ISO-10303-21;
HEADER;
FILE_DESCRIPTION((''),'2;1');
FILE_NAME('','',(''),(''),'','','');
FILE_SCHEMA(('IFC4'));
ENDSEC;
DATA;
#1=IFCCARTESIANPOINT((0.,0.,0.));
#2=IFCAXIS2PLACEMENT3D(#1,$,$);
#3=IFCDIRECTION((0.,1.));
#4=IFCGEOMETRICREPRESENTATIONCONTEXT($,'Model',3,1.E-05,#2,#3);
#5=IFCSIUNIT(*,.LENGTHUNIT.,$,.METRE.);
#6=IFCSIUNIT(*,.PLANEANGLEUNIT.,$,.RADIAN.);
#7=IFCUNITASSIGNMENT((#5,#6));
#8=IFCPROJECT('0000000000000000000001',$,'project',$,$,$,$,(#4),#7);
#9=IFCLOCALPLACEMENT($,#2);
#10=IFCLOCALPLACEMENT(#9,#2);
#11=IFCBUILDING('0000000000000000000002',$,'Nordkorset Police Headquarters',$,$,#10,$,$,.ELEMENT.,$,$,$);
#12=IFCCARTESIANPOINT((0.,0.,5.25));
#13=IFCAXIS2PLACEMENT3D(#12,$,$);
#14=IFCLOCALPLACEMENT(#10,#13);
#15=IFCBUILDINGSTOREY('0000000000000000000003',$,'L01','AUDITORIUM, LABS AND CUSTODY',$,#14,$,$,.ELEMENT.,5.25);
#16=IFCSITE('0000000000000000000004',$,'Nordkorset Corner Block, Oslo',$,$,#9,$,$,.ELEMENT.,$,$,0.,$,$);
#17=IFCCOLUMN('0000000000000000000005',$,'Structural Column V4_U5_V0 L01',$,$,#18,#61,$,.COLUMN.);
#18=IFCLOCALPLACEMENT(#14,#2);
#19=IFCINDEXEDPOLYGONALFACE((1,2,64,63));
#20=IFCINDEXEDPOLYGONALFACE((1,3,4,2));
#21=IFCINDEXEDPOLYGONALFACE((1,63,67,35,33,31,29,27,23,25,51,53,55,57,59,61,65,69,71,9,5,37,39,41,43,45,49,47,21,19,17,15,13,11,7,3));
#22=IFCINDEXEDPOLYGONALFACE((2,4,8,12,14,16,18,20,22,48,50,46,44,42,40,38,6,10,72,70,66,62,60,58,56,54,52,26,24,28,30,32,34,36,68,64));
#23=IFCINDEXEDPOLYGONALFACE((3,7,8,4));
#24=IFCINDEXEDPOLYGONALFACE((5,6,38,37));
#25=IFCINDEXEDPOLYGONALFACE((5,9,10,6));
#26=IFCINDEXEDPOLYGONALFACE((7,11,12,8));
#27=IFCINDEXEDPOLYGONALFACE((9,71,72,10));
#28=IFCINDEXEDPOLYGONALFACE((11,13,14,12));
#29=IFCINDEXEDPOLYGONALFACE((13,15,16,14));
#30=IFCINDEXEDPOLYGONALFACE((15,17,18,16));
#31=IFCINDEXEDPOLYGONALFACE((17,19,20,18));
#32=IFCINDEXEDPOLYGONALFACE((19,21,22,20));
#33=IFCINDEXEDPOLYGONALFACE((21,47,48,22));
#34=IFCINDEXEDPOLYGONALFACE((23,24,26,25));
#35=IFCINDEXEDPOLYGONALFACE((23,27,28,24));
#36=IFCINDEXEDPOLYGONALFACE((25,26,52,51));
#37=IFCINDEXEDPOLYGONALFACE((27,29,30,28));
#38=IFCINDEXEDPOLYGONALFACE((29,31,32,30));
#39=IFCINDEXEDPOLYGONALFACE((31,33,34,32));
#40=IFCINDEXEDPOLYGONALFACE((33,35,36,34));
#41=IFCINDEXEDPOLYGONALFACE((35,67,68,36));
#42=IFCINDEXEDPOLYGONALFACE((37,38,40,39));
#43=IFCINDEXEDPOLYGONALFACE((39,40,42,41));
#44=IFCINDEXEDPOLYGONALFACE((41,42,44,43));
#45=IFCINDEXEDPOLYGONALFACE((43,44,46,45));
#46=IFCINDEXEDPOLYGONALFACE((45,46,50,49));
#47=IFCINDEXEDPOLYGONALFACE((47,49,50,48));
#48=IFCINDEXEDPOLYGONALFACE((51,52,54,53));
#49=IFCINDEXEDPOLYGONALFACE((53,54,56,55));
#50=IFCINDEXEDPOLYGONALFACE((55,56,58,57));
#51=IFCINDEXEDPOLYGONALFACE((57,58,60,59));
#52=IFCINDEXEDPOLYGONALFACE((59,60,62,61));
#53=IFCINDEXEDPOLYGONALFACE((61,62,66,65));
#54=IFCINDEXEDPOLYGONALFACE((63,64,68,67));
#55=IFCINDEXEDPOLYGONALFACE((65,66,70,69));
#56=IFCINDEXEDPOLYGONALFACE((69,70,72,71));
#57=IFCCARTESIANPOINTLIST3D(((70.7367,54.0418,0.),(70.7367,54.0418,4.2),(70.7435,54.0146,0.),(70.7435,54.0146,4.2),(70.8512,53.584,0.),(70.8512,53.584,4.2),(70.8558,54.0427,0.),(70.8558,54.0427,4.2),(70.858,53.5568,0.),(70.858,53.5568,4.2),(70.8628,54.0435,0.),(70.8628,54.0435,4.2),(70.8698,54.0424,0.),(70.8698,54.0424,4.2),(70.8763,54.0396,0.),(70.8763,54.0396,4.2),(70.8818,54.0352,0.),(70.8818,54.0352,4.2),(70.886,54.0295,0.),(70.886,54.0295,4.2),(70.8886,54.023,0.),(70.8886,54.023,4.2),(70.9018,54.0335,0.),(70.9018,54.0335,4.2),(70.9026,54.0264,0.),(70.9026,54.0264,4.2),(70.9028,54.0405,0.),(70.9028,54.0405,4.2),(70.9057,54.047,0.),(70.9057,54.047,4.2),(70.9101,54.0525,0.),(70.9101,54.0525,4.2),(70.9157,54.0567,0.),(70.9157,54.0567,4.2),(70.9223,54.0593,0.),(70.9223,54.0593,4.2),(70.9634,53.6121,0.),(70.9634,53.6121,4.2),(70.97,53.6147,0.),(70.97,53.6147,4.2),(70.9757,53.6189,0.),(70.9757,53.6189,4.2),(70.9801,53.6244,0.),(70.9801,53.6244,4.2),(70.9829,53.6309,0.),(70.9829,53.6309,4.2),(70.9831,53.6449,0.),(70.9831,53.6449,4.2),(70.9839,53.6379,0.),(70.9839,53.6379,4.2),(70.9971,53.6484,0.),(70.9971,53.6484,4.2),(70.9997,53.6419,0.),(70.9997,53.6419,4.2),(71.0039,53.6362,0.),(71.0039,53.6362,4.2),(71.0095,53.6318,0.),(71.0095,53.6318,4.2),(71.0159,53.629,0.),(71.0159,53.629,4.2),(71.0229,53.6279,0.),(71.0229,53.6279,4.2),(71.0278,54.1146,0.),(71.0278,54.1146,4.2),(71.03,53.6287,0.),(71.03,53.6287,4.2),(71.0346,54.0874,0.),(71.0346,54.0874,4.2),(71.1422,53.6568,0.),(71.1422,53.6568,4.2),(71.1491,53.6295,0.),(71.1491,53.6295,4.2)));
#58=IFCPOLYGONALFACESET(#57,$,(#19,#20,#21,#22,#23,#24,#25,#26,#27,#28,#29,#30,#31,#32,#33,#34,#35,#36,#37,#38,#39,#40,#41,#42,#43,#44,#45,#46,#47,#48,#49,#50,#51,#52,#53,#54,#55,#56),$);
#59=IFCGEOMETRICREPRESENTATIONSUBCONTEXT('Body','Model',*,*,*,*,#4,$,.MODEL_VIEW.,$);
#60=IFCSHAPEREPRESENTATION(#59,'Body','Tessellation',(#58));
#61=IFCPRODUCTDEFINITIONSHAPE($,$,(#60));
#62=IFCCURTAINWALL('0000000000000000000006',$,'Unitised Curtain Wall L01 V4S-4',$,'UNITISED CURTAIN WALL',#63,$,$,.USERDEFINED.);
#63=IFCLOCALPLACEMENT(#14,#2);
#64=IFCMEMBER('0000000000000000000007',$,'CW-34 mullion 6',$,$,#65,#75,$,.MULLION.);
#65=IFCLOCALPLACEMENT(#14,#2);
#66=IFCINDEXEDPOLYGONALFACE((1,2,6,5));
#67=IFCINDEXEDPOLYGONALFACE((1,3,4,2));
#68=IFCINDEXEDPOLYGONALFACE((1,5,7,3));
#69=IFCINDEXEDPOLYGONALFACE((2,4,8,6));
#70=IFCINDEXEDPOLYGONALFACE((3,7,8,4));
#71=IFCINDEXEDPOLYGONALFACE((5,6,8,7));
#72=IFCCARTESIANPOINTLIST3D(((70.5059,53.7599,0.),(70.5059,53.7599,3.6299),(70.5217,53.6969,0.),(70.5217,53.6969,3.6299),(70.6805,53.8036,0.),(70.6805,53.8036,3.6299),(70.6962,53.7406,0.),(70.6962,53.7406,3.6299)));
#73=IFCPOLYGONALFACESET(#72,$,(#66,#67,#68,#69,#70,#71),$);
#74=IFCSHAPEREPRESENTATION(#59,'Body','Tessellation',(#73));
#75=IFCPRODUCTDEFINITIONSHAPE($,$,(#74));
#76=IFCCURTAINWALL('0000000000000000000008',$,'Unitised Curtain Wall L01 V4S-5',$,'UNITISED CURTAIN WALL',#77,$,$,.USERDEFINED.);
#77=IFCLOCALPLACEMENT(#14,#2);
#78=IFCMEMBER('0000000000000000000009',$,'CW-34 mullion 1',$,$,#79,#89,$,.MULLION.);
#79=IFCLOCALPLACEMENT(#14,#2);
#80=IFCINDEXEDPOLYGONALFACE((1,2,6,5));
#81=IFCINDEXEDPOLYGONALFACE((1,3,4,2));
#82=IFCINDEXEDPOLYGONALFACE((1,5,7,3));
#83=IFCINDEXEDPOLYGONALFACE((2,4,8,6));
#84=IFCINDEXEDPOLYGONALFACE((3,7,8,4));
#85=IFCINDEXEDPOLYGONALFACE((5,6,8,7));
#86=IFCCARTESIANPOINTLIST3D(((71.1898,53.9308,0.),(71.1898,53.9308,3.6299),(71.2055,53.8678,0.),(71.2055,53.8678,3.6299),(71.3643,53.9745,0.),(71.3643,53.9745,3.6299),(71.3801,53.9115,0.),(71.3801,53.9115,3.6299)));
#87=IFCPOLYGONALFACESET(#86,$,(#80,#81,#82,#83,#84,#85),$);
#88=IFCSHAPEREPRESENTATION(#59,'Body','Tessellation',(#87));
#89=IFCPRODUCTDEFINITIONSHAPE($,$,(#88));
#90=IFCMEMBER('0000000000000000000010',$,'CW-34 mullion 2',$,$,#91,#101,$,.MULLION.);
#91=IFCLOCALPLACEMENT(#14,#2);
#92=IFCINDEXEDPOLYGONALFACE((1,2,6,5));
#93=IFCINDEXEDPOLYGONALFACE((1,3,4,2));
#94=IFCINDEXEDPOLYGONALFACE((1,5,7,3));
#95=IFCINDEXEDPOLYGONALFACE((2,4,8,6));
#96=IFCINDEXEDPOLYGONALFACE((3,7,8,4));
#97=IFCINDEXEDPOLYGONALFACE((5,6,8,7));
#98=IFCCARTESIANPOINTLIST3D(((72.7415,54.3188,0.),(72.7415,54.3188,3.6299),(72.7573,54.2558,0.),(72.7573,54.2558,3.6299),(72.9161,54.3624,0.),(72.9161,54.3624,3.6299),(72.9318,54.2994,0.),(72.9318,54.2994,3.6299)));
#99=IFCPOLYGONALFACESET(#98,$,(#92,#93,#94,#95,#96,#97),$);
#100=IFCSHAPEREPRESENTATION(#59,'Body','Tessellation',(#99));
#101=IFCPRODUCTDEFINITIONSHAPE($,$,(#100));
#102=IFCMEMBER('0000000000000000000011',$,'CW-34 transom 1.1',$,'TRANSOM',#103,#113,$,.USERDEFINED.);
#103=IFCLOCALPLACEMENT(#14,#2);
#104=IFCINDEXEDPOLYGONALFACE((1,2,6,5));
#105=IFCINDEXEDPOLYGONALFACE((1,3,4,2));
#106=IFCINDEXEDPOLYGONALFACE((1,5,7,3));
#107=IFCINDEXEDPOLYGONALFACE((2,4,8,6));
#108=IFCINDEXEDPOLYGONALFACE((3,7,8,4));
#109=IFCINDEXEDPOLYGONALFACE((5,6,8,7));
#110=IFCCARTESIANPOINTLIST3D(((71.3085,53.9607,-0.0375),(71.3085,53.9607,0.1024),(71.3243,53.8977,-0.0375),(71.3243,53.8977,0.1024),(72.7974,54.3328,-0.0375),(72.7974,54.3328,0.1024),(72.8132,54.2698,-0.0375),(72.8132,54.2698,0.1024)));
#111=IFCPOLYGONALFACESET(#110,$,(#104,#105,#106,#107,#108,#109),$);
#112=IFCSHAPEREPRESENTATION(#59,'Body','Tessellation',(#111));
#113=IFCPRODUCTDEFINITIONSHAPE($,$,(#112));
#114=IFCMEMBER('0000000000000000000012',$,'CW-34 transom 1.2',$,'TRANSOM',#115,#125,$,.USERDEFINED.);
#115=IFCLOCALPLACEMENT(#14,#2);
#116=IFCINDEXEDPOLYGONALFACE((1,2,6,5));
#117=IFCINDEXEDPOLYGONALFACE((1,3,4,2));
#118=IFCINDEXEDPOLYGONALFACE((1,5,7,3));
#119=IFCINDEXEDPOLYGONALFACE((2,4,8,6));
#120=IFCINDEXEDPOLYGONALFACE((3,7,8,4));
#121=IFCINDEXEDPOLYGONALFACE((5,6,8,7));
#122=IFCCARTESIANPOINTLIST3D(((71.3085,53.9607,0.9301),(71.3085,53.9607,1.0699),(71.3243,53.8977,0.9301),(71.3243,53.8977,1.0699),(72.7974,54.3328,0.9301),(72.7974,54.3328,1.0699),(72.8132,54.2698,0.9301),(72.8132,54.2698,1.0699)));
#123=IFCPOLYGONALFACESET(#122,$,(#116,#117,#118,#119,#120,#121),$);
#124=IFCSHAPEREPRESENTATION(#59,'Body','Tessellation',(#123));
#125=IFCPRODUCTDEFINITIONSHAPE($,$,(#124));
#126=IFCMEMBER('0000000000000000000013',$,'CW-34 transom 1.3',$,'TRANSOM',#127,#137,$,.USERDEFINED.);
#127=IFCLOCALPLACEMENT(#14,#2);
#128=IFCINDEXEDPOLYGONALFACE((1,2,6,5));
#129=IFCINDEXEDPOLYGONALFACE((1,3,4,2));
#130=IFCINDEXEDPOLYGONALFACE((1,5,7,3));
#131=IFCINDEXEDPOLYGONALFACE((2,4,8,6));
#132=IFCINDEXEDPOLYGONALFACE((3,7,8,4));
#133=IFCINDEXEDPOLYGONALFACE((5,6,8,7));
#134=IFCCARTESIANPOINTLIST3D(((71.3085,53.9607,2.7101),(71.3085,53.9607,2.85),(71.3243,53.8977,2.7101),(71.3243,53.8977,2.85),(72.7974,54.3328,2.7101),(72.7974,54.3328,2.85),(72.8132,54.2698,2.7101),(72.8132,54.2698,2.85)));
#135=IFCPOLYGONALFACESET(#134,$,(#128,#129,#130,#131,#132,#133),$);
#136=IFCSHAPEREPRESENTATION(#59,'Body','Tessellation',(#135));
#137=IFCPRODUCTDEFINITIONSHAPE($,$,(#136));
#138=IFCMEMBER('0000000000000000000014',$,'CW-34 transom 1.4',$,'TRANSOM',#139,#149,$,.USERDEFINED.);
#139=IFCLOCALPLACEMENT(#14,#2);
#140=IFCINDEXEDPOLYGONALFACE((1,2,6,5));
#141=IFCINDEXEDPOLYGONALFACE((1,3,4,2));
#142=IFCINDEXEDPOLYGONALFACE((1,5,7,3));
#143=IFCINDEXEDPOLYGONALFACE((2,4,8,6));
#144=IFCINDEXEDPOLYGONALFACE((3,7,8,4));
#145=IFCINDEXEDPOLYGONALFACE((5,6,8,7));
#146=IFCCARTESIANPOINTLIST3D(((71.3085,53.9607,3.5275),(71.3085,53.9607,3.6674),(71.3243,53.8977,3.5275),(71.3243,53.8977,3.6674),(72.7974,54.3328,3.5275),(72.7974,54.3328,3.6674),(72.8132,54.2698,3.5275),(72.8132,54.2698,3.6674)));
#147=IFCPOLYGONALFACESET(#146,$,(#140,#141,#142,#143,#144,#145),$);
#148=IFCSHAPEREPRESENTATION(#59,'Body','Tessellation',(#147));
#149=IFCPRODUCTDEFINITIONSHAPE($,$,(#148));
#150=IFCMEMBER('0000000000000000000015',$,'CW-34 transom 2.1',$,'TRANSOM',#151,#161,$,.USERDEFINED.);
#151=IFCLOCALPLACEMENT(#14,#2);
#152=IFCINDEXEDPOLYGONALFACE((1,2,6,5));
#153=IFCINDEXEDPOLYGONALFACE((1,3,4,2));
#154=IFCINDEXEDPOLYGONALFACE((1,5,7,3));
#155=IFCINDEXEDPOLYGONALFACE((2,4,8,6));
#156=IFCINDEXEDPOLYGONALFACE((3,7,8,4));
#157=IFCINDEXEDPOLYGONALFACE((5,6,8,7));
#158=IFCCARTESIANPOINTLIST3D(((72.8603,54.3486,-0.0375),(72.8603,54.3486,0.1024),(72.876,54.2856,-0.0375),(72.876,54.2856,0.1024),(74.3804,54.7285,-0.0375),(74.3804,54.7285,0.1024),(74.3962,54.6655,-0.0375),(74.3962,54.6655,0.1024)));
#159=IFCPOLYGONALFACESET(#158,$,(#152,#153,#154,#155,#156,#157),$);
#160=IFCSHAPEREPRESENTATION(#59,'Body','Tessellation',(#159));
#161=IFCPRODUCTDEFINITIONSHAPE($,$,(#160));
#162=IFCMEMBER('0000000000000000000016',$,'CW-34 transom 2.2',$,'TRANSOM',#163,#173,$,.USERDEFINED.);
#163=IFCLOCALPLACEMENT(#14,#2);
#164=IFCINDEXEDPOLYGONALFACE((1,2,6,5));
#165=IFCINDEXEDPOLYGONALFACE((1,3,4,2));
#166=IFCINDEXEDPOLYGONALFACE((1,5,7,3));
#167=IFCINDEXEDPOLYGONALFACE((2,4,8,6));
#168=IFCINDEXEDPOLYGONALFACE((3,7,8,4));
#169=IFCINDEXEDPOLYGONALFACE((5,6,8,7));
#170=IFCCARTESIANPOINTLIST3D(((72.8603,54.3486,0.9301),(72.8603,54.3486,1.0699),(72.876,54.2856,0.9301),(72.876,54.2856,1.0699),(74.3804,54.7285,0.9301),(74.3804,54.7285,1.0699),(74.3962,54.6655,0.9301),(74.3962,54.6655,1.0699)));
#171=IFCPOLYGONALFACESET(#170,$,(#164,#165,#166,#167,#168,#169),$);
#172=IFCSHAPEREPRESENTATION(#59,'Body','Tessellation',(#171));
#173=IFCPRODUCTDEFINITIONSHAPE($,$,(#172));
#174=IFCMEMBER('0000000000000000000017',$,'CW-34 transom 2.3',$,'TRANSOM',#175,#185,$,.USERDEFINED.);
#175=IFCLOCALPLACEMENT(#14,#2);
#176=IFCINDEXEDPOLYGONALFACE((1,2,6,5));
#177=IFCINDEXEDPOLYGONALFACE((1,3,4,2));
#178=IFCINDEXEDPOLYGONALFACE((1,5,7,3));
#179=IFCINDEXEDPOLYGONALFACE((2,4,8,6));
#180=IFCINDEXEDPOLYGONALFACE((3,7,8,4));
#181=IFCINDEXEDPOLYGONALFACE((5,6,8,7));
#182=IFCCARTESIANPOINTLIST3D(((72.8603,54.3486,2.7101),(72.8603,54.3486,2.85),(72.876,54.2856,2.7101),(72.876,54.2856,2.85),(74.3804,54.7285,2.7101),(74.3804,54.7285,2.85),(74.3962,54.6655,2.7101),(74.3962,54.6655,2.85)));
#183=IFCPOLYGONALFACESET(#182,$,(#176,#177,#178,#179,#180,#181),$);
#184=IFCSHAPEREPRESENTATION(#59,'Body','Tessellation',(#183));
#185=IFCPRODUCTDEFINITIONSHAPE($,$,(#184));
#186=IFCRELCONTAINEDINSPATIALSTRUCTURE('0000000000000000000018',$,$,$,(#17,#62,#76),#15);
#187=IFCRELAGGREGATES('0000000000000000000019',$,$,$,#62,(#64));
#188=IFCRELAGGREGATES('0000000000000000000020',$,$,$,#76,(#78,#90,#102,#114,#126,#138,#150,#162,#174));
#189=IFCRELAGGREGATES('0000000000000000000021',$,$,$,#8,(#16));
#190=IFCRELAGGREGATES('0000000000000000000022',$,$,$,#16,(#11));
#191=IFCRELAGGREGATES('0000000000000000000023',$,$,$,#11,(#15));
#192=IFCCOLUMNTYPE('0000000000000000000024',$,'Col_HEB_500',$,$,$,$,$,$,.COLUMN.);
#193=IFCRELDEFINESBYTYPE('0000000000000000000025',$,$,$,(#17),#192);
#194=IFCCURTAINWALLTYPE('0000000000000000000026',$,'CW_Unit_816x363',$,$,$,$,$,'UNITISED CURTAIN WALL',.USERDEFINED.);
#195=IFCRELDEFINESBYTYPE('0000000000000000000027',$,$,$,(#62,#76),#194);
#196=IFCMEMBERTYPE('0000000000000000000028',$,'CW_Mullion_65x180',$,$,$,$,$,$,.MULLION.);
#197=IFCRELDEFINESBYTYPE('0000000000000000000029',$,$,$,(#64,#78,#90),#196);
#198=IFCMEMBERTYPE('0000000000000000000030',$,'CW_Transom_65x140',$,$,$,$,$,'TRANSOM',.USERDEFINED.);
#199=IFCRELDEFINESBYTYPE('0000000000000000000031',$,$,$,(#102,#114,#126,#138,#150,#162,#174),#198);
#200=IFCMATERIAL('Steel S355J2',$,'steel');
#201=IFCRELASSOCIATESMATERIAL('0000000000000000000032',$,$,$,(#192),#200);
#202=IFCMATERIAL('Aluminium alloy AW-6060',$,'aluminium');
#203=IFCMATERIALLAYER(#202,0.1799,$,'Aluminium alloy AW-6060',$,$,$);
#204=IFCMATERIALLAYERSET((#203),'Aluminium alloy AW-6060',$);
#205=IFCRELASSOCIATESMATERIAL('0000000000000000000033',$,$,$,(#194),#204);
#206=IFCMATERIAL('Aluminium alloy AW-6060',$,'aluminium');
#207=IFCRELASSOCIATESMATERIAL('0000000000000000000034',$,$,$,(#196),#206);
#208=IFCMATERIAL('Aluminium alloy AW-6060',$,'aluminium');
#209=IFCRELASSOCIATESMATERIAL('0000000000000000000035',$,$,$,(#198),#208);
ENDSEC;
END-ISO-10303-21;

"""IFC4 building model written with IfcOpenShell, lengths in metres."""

from ifc_helpers import new_model, si_unit, direction, frame, origin, origin_2d, place, context, subcontext, project, spatial, rectangle, i_section, extrude, material, layer, layer_set, material_profile, profile_set, type_object, element, aggregate, save


model = new_model("IFC4")

# Units and contexts
model_context = context("Model", 3, precision=1e-05, world=origin(), true_north=direction((0.0, 1.0)))
body_context = subcontext(model_context, "Body", "Model", "MODEL_VIEW")
ifc_project = project(units=[si_unit("LENGTHUNIT", "METRE"), si_unit("PLANEANGLEUNIT", "RADIAN")], contexts=[model_context])

# Site, building, storey
site_placement = place(None, origin())
site = spatial("IfcSite", under=ifc_project, at=site_placement, Name="Nordkorset Corner Block, Oslo", CompositionType="ELEMENT", RefElevation=0.0)
building_placement = place(site_placement, origin())
building = spatial("IfcBuilding", under=site, at=building_placement, Name="Nordkorset Police Headquarters", CompositionType="ELEMENT")
storey_placement = place(building_placement, frame((0.0, 0.0, 5.25)))
storey = spatial("IfcBuildingStorey", under=building, at=storey_placement, Name="L01", Description="AUDITORIUM, LABS AND CUSTODY", CompositionType="ELEMENT", Elevation=5.25)

# Column
ifc_material_1 = material(Name="Steel S355J2", Category="steel")
ifc_material_profile_1 = material_profile(ifc_material_1, i_section(OverallWidth=0.3, OverallDepth=0.5, WebThickness=0.0144, FlangeThickness=0.0281, FilletRadius=0.0271, at=origin_2d()), Name="HEB 500")
ifc_profile_set_1 = profile_set([ifc_material_profile_1], Name="Steel S355J2")
column_type = type_object("IfcColumnType", Name="Col_HEB_500", PredefinedType="COLUMN", material=ifc_profile_set_1)
column_placement = place(storey_placement, frame((70.9429, 53.8357, 0.0), z_axis=(0.0, 0.0, 1.0), x_axis=(0.970143, 0.242536, 0.0)))
element("IfcColumn", 1, at=column_placement, inside=storey, type_object=column_type, Name="Structural Column V4_U5_V0 L01", PredefinedType="COLUMN", context=body_context, shape_type="SweptSolid", body=[
    extrude(i_section(OverallWidth=0.3, OverallDepth=0.5, WebThickness=0.0144, FlangeThickness=0.0281, FilletRadius=0.0271, at=origin_2d()), origin(), (0.0, 0.0, 1.0), 4.2),
])

# Curtain wall, member
ifc_material_2 = material(Name="Aluminium alloy AW-6060", Category="aluminium")
ifc_layer_1 = layer(ifc_material_2, 0.1799, Name="Aluminium alloy AW-6060")
ifc_layer_set_1 = layer_set([ifc_layer_1], Name="Aluminium alloy AW-6060")
curtain_wall_type = type_object("IfcCurtainWallType", Name="CW_Unit_816x363", ElementType="UNITISED CURTAIN WALL", PredefinedType="USERDEFINED", material=ifc_layer_set_1)
curtain_wall_1_placement = place(storey_placement, origin())
curtain_wall_1 = element("IfcCurtainWall", 2, at=curtain_wall_1_placement, inside=storey, type_object=curtain_wall_type, Name="Unitised Curtain Wall L01 V4S-4", ObjectType="UNITISED CURTAIN WALL", PredefinedType="USERDEFINED")
ifc_material_3 = material(Name="Aluminium alloy AW-6060", Category="aluminium")
ifc_material_profile_2 = material_profile(ifc_material_3, rectangle(XDim=0.0649, YDim=0.1799, at=origin_2d()), Name="ALU MULL 65x180")
ifc_profile_set_2 = profile_set([ifc_material_profile_2], Name="Aluminium alloy AW-6060")
member_type_1 = type_object("IfcMemberType", Name="CW_Mullion_65x180", PredefinedType="MULLION", material=ifc_profile_set_2)
member_1_placement = place(storey_placement, frame((70.6011, 53.7502, 0.0), z_axis=(0.0, 0.0, 1.0), x_axis=(-0.242536, 0.970143, 0.0)))
member_1 = element("IfcMember", 3, at=member_1_placement, type_object=member_type_1, Name="CW-34 mullion 6", PredefinedType="MULLION", context=body_context, shape_type="SweptSolid", body=[
    extrude(rectangle(XDim=0.0649, YDim=0.1799, at=origin_2d()), origin(), (0.0, 0.0, 1.0), 3.6299),
])

# Curtain wall, members
curtain_wall_2_placement = place(storey_placement, origin())
curtain_wall_2 = element("IfcCurtainWall", 4, at=curtain_wall_2_placement, inside=storey, type_object=curtain_wall_type, Name="Unitised Curtain Wall L01 V4S-5", ObjectType="UNITISED CURTAIN WALL", PredefinedType="USERDEFINED")
member_2_placement = place(storey_placement, frame((71.2849, 53.9211, 0.0), z_axis=(0.0, 0.0, 1.0), x_axis=(-0.242536, 0.970143, 0.0)))
member_2 = element("IfcMember", 5, at=member_2_placement, type_object=member_type_1, Name="CW-34 mullion 1", PredefinedType="MULLION", context=body_context, shape_type="SweptSolid", body=[
    extrude(rectangle(XDim=0.0649, YDim=0.1799, at=origin_2d()), origin(), (0.0, 0.0, 1.0), 3.6299),
])
member_3_placement = place(storey_placement, frame((72.8367, 54.3091, 0.0), z_axis=(0.0, 0.0, 1.0), x_axis=(-0.242536, 0.970143, 0.0)))
member_3 = element("IfcMember", 6, at=member_3_placement, type_object=member_type_1, Name="CW-34 mullion 2", PredefinedType="MULLION", context=body_context, shape_type="SweptSolid", body=[
    extrude(rectangle(XDim=0.0649, YDim=0.1799, at=origin_2d()), origin(), (0.0, 0.0, 1.0), 3.6299),
])
ifc_material_4 = material(Name="Aluminium alloy AW-6060", Category="aluminium")
ifc_material_profile_3 = material_profile(ifc_material_4, rectangle(XDim=0.0649, YDim=0.1399, at=origin_2d()), Name="ALU TRAN 65x140")
ifc_profile_set_3 = profile_set([ifc_material_profile_3], Name="Aluminium alloy AW-6060")
member_type_2 = type_object("IfcMemberType", Name="CW_Transom_65x140", ElementType="TRANSOM", PredefinedType="USERDEFINED", material=ifc_profile_set_3)
member_4_placement = place(storey_placement, frame((71.3164, 53.9292, 0.0325), z_axis=(0.970161, 0.242461, 0.0), x_axis=(-0.242461, 0.970161, 0.0)))
member_4 = element("IfcMember", 7, at=member_4_placement, type_object=member_type_2, Name="CW-34 transom 1.1", ObjectType="TRANSOM", PredefinedType="USERDEFINED", context=body_context, shape_type="SweptSolid", body=[
    extrude(rectangle(XDim=0.0649, YDim=0.1399, at=origin_2d()), origin(), (0.0, 0.0, 1.0), 1.5347),
])
member_5_placement = place(storey_placement, frame((71.3164, 53.9292, 1.0), z_axis=(0.970161, 0.242461, 0.0), x_axis=(-0.242461, 0.970161, 0.0)))
member_5 = element("IfcMember", 8, at=member_5_placement, type_object=member_type_2, Name="CW-34 transom 1.2", ObjectType="TRANSOM", PredefinedType="USERDEFINED", context=body_context, shape_type="SweptSolid", body=[
    extrude(rectangle(XDim=0.0649, YDim=0.1399, at=origin_2d()), origin(), (0.0, 0.0, 1.0), 1.5347),
])
member_6_placement = place(storey_placement, frame((71.3164, 53.9292, 2.78), z_axis=(0.970161, 0.242461, 0.0), x_axis=(-0.242461, 0.970161, 0.0)))
member_6 = element("IfcMember", 9, at=member_6_placement, type_object=member_type_2, Name="CW-34 transom 1.3", ObjectType="TRANSOM", PredefinedType="USERDEFINED", context=body_context, shape_type="SweptSolid", body=[
    extrude(rectangle(XDim=0.0649, YDim=0.1399, at=origin_2d()), origin(), (0.0, 0.0, 1.0), 1.5347),
])
member_7_placement = place(storey_placement, frame((71.3164, 53.9292, 3.5974), z_axis=(0.970161, 0.242461, 0.0), x_axis=(-0.242461, 0.970161, 0.0)))
member_7 = element("IfcMember", 10, at=member_7_placement, type_object=member_type_2, Name="CW-34 transom 1.4", ObjectType="TRANSOM", PredefinedType="USERDEFINED", context=body_context, shape_type="SweptSolid", body=[
    extrude(rectangle(XDim=0.0649, YDim=0.1399, at=origin_2d()), origin(), (0.0, 0.0, 1.0), 1.5347),
])
member_8_placement = place(storey_placement, frame((72.8682, 54.3171, 0.0325), z_axis=(0.97017, 0.242426, 0.0), x_axis=(-0.242426, 0.97017, 0.0)))
member_8 = element("IfcMember", 11, at=member_8_placement, type_object=member_type_2, Name="CW-34 transom 2.1", ObjectType="TRANSOM", PredefinedType="USERDEFINED", context=body_context, shape_type="SweptSolid", body=[
    extrude(rectangle(XDim=0.0649, YDim=0.1399, at=origin_2d()), origin(), (0.0, 0.0, 1.0), 1.5669),
])
member_9_placement = place(storey_placement, frame((72.8682, 54.3171, 1.0), z_axis=(0.97017, 0.242426, 0.0), x_axis=(-0.242426, 0.97017, 0.0)))
member_9 = element("IfcMember", 12, at=member_9_placement, type_object=member_type_2, Name="CW-34 transom 2.2", ObjectType="TRANSOM", PredefinedType="USERDEFINED", context=body_context, shape_type="SweptSolid", body=[
    extrude(rectangle(XDim=0.0649, YDim=0.1399, at=origin_2d()), origin(), (0.0, 0.0, 1.0), 1.5669),
])
member_10_placement = place(storey_placement, frame((72.8682, 54.3171, 2.78), z_axis=(0.97017, 0.242426, 0.0), x_axis=(-0.242426, 0.97017, 0.0)))
member_10 = element("IfcMember", 13, at=member_10_placement, type_object=member_type_2, Name="CW-34 transom 2.3", ObjectType="TRANSOM", PredefinedType="USERDEFINED", context=body_context, shape_type="SweptSolid", body=[
    extrude(rectangle(XDim=0.0649, YDim=0.1399, at=origin_2d()), origin(), (0.0, 0.0, 1.0), 1.5669),
])

aggregate(curtain_wall_1, [member_1])
aggregate(curtain_wall_2, [member_2, member_3, member_4, member_5, member_6, member_7, member_8, member_9, member_10])

save(model, "model.ifc")
